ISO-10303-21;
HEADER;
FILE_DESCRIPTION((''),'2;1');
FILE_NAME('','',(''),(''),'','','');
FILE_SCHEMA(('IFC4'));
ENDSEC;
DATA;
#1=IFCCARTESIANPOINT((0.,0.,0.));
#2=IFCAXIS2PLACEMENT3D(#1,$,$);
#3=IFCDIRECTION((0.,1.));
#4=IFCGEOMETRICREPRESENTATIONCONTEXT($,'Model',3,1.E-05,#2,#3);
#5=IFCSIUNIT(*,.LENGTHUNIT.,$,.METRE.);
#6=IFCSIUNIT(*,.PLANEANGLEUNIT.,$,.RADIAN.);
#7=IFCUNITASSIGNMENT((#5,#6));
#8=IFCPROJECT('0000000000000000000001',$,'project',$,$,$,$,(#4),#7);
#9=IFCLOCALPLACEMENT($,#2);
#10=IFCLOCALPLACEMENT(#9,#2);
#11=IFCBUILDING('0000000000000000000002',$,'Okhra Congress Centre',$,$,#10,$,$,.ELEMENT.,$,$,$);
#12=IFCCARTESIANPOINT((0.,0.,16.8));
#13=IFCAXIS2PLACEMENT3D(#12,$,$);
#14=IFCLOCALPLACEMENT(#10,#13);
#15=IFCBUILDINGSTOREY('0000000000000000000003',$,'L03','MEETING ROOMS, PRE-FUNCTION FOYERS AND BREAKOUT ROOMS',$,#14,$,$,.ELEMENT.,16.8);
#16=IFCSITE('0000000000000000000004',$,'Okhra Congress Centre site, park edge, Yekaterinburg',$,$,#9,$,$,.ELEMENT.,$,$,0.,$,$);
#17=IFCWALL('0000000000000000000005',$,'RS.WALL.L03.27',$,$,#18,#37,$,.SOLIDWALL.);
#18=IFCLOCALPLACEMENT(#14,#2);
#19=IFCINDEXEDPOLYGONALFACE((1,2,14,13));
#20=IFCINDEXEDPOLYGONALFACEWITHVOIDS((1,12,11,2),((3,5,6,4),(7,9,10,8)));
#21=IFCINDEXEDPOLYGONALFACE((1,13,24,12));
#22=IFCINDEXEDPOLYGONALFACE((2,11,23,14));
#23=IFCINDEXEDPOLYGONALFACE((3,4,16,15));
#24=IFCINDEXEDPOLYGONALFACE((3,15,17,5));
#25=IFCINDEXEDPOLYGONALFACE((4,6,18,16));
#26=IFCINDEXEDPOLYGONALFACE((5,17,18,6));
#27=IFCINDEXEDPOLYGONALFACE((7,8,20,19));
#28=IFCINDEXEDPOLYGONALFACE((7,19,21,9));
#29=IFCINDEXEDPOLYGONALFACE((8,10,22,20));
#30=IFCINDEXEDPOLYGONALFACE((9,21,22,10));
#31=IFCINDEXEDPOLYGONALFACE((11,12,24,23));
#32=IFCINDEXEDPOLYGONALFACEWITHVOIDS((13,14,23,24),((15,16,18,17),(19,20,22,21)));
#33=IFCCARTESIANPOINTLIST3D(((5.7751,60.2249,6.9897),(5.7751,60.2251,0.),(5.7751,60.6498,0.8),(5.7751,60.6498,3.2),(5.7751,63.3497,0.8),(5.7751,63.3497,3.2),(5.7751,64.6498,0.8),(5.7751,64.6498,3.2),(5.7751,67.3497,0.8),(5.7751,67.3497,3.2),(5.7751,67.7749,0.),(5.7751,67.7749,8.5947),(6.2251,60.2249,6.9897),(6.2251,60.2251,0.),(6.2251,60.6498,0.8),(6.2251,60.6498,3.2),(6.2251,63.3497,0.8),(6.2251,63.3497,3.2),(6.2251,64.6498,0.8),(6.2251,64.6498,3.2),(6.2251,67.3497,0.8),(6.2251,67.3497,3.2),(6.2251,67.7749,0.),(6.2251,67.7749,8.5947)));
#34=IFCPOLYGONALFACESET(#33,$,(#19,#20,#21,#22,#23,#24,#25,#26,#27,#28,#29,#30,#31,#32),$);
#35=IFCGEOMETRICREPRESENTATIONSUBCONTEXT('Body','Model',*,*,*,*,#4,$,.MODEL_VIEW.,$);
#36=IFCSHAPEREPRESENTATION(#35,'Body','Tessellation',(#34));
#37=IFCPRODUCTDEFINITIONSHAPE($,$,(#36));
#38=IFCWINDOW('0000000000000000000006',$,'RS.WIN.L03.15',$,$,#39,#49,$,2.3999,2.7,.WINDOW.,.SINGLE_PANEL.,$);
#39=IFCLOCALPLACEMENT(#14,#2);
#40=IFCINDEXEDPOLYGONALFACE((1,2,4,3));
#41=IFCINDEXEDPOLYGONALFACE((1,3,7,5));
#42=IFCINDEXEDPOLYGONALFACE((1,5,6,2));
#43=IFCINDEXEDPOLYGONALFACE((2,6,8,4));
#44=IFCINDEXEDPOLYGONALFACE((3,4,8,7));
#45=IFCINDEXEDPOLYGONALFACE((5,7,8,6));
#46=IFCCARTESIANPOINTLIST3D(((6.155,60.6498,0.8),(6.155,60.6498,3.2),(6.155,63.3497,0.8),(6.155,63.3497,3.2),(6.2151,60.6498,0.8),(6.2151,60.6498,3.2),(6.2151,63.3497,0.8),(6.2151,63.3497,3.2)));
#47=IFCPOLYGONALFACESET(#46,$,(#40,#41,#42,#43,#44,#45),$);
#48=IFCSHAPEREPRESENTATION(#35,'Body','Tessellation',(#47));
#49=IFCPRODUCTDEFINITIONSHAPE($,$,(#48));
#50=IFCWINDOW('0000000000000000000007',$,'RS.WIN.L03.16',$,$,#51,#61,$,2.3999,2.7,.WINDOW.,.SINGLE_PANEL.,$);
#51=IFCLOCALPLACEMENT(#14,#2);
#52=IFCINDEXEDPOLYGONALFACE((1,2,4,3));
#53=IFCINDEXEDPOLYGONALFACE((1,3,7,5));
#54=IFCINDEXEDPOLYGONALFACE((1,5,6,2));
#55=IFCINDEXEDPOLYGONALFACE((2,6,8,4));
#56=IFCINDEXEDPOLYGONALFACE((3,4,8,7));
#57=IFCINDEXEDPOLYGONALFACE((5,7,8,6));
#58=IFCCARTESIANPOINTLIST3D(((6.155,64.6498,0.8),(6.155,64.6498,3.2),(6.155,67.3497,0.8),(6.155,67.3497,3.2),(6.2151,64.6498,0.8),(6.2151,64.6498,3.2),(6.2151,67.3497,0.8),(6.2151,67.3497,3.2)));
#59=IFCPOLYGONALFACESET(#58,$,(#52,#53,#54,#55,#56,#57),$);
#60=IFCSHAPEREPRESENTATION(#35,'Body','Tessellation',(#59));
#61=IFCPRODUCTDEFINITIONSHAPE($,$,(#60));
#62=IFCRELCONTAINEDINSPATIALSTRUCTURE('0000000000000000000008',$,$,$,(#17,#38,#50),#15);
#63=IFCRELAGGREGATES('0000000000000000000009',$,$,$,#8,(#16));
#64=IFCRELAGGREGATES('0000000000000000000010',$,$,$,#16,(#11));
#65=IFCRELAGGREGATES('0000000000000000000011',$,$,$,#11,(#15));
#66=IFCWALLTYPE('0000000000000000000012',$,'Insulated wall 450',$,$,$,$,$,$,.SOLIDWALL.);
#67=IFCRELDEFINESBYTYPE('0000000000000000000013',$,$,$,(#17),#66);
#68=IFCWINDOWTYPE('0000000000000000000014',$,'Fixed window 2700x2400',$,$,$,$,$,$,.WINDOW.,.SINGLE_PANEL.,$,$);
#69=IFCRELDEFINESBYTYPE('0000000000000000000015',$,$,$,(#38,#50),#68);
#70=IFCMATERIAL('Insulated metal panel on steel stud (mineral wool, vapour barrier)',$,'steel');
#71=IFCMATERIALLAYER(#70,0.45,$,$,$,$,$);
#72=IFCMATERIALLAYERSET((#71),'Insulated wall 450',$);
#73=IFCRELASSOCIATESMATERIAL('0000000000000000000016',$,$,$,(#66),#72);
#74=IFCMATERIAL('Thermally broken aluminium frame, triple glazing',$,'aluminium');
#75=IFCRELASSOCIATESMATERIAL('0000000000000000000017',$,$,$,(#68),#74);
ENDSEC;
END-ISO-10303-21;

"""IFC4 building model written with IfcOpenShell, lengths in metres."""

from ifc_helpers import new_model, si_unit, direction, frame, frame_2d, origin, place, context, subcontext, project, spatial, polyline, rectangle, outline, extrude, material, layer, layer_set, type_object, element, fill, save


model = new_model("IFC4")

# Units and contexts
model_context = context("Model", 3, precision=1e-05, world=origin(), true_north=direction((0.0, 1.0)))
body_context = subcontext(model_context, "Body", "Model", "MODEL_VIEW")
ifc_project = project(units=[si_unit("LENGTHUNIT", "METRE"), si_unit("PLANEANGLEUNIT", "RADIAN")], contexts=[model_context])

# Site, building, storey
site_placement = place(None, origin())
site = spatial("IfcSite", under=ifc_project, at=site_placement, Name="Okhra Congress Centre site, park edge, Yekaterinburg", CompositionType="ELEMENT", RefElevation=0.0)
building_placement = place(site_placement, origin())
building = spatial("IfcBuilding", under=site, at=building_placement, Name="Okhra Congress Centre", CompositionType="ELEMENT")
storey_placement = place(building_placement, frame((0.0, 0.0, 16.8)))
storey = spatial("IfcBuildingStorey", under=building, at=storey_placement, Name="L03", Description="MEETING ROOMS, PRE-FUNCTION FOYERS AND BREAKOUT ROOMS", CompositionType="ELEMENT", Elevation=16.8)

# Wall, openings, windows
ifc_material_1 = material(Name="Insulated metal panel on steel stud (mineral wool, vapour barrier)", Category="steel")
ifc_layer_1 = layer(ifc_material_1, 0.45)
ifc_layer_set_1 = layer_set([ifc_layer_1], Name="Insulated wall 450")
wall_type = type_object("IfcWallType", Name="Insulated wall 450", PredefinedType="SOLIDWALL", material=ifc_layer_set_1)
wall_placement = place(storey_placement, frame((6.0, 67.7749, 0.0), z_axis=(0.0, 0.0, 1.0), x_axis=(0.0, -1.0, 0.0)))
wall = element("IfcWall", 1, at=wall_placement, inside=storey, type_object=wall_type, Name="RS.WALL.L03.27", PredefinedType="SOLIDWALL", context=body_context, shape_type="SweptSolid", body=[
    extrude(outline(polyline([(0.0, 0.0), (7.5498, 0.0), (7.55, 6.9897), (0.0, 8.5947), (0.0, 0.0)])), frame((0.0, 0.2251, 0.0), z_axis=(0.0, -1.0, 0.0), x_axis=(1.0, 0.0, 0.0)), (0.0, 0.0, 1.0), 0.45),
])
opening_1_placement = place(wall_placement, frame((4.425, 0.0, 0.8)))
opening_1 = element("IfcOpeningElement", 2, at=opening_1_placement, cuts=wall, PredefinedType="OPENING", context=body_context, shape_type="SweptSolid", body=[
    extrude(rectangle(XDim=2.7, YDim=2.3999, at=frame_2d((1.3501, 1.2))), frame((0.0, 0.2349, 0.0), z_axis=(0.0, -1.0, 0.0), x_axis=(1.0, 0.0, 0.0)), (0.0, 0.0, 1.0), 0.47),
])
opening_2_placement = place(wall_placement, frame((0.425, 0.0, 0.8)))
opening_2 = element("IfcOpeningElement", 3, at=opening_2_placement, cuts=wall, PredefinedType="OPENING", context=body_context, shape_type="SweptSolid", body=[
    extrude(rectangle(XDim=2.7, YDim=2.3999, at=frame_2d((1.3501, 1.2))), frame((0.0, 0.2349, 0.0), z_axis=(0.0, -1.0, 0.0), x_axis=(1.0, 0.0, 0.0)), (0.0, 0.0, 1.0), 0.47),
])
ifc_material_2 = material(Name="Thermally broken aluminium frame, triple glazing", Category="aluminium")
window_type = type_object("IfcWindowType", Name="Fixed window 2700x2400", PartitioningType="SINGLE_PANEL", PredefinedType="WINDOW", material=ifc_material_2)
window_1_placement = place(opening_1_placement, origin())
window_1 = element("IfcWindow", 4, at=window_1_placement, inside=storey, type_object=window_type, Name="RS.WIN.L03.15", OverallHeight=2.3999, OverallWidth=2.7, PartitioningType="SINGLE_PANEL", PredefinedType="WINDOW", context=body_context, shape_type="SweptSolid", body=[
    extrude(rectangle(XDim=2.7, YDim=2.3999, at=frame_2d((1.3501, 1.2))), frame((0.0, 0.2151, 0.0), z_axis=(0.0, -1.0, 0.0), x_axis=(1.0, 0.0, 0.0)), (0.0, 0.0, 1.0), 0.0601),
])
fill(opening_1, window_1)
window_2_placement = place(opening_2_placement, origin())
window_2 = element("IfcWindow", 5, at=window_2_placement, inside=storey, type_object=window_type, Name="RS.WIN.L03.16", OverallHeight=2.3999, OverallWidth=2.7, PartitioningType="SINGLE_PANEL", PredefinedType="WINDOW", context=body_context, shape_type="SweptSolid", body=[
    extrude(rectangle(XDim=2.7, YDim=2.3999, at=frame_2d((1.3501, 1.2))), frame((0.0, 0.2151, 0.0), z_axis=(0.0, -1.0, 0.0), x_axis=(1.0, 0.0, 0.0)), (0.0, 0.0, 1.0), 0.0601),
])
fill(opening_2, window_2)

save(model, "model.ifc")
